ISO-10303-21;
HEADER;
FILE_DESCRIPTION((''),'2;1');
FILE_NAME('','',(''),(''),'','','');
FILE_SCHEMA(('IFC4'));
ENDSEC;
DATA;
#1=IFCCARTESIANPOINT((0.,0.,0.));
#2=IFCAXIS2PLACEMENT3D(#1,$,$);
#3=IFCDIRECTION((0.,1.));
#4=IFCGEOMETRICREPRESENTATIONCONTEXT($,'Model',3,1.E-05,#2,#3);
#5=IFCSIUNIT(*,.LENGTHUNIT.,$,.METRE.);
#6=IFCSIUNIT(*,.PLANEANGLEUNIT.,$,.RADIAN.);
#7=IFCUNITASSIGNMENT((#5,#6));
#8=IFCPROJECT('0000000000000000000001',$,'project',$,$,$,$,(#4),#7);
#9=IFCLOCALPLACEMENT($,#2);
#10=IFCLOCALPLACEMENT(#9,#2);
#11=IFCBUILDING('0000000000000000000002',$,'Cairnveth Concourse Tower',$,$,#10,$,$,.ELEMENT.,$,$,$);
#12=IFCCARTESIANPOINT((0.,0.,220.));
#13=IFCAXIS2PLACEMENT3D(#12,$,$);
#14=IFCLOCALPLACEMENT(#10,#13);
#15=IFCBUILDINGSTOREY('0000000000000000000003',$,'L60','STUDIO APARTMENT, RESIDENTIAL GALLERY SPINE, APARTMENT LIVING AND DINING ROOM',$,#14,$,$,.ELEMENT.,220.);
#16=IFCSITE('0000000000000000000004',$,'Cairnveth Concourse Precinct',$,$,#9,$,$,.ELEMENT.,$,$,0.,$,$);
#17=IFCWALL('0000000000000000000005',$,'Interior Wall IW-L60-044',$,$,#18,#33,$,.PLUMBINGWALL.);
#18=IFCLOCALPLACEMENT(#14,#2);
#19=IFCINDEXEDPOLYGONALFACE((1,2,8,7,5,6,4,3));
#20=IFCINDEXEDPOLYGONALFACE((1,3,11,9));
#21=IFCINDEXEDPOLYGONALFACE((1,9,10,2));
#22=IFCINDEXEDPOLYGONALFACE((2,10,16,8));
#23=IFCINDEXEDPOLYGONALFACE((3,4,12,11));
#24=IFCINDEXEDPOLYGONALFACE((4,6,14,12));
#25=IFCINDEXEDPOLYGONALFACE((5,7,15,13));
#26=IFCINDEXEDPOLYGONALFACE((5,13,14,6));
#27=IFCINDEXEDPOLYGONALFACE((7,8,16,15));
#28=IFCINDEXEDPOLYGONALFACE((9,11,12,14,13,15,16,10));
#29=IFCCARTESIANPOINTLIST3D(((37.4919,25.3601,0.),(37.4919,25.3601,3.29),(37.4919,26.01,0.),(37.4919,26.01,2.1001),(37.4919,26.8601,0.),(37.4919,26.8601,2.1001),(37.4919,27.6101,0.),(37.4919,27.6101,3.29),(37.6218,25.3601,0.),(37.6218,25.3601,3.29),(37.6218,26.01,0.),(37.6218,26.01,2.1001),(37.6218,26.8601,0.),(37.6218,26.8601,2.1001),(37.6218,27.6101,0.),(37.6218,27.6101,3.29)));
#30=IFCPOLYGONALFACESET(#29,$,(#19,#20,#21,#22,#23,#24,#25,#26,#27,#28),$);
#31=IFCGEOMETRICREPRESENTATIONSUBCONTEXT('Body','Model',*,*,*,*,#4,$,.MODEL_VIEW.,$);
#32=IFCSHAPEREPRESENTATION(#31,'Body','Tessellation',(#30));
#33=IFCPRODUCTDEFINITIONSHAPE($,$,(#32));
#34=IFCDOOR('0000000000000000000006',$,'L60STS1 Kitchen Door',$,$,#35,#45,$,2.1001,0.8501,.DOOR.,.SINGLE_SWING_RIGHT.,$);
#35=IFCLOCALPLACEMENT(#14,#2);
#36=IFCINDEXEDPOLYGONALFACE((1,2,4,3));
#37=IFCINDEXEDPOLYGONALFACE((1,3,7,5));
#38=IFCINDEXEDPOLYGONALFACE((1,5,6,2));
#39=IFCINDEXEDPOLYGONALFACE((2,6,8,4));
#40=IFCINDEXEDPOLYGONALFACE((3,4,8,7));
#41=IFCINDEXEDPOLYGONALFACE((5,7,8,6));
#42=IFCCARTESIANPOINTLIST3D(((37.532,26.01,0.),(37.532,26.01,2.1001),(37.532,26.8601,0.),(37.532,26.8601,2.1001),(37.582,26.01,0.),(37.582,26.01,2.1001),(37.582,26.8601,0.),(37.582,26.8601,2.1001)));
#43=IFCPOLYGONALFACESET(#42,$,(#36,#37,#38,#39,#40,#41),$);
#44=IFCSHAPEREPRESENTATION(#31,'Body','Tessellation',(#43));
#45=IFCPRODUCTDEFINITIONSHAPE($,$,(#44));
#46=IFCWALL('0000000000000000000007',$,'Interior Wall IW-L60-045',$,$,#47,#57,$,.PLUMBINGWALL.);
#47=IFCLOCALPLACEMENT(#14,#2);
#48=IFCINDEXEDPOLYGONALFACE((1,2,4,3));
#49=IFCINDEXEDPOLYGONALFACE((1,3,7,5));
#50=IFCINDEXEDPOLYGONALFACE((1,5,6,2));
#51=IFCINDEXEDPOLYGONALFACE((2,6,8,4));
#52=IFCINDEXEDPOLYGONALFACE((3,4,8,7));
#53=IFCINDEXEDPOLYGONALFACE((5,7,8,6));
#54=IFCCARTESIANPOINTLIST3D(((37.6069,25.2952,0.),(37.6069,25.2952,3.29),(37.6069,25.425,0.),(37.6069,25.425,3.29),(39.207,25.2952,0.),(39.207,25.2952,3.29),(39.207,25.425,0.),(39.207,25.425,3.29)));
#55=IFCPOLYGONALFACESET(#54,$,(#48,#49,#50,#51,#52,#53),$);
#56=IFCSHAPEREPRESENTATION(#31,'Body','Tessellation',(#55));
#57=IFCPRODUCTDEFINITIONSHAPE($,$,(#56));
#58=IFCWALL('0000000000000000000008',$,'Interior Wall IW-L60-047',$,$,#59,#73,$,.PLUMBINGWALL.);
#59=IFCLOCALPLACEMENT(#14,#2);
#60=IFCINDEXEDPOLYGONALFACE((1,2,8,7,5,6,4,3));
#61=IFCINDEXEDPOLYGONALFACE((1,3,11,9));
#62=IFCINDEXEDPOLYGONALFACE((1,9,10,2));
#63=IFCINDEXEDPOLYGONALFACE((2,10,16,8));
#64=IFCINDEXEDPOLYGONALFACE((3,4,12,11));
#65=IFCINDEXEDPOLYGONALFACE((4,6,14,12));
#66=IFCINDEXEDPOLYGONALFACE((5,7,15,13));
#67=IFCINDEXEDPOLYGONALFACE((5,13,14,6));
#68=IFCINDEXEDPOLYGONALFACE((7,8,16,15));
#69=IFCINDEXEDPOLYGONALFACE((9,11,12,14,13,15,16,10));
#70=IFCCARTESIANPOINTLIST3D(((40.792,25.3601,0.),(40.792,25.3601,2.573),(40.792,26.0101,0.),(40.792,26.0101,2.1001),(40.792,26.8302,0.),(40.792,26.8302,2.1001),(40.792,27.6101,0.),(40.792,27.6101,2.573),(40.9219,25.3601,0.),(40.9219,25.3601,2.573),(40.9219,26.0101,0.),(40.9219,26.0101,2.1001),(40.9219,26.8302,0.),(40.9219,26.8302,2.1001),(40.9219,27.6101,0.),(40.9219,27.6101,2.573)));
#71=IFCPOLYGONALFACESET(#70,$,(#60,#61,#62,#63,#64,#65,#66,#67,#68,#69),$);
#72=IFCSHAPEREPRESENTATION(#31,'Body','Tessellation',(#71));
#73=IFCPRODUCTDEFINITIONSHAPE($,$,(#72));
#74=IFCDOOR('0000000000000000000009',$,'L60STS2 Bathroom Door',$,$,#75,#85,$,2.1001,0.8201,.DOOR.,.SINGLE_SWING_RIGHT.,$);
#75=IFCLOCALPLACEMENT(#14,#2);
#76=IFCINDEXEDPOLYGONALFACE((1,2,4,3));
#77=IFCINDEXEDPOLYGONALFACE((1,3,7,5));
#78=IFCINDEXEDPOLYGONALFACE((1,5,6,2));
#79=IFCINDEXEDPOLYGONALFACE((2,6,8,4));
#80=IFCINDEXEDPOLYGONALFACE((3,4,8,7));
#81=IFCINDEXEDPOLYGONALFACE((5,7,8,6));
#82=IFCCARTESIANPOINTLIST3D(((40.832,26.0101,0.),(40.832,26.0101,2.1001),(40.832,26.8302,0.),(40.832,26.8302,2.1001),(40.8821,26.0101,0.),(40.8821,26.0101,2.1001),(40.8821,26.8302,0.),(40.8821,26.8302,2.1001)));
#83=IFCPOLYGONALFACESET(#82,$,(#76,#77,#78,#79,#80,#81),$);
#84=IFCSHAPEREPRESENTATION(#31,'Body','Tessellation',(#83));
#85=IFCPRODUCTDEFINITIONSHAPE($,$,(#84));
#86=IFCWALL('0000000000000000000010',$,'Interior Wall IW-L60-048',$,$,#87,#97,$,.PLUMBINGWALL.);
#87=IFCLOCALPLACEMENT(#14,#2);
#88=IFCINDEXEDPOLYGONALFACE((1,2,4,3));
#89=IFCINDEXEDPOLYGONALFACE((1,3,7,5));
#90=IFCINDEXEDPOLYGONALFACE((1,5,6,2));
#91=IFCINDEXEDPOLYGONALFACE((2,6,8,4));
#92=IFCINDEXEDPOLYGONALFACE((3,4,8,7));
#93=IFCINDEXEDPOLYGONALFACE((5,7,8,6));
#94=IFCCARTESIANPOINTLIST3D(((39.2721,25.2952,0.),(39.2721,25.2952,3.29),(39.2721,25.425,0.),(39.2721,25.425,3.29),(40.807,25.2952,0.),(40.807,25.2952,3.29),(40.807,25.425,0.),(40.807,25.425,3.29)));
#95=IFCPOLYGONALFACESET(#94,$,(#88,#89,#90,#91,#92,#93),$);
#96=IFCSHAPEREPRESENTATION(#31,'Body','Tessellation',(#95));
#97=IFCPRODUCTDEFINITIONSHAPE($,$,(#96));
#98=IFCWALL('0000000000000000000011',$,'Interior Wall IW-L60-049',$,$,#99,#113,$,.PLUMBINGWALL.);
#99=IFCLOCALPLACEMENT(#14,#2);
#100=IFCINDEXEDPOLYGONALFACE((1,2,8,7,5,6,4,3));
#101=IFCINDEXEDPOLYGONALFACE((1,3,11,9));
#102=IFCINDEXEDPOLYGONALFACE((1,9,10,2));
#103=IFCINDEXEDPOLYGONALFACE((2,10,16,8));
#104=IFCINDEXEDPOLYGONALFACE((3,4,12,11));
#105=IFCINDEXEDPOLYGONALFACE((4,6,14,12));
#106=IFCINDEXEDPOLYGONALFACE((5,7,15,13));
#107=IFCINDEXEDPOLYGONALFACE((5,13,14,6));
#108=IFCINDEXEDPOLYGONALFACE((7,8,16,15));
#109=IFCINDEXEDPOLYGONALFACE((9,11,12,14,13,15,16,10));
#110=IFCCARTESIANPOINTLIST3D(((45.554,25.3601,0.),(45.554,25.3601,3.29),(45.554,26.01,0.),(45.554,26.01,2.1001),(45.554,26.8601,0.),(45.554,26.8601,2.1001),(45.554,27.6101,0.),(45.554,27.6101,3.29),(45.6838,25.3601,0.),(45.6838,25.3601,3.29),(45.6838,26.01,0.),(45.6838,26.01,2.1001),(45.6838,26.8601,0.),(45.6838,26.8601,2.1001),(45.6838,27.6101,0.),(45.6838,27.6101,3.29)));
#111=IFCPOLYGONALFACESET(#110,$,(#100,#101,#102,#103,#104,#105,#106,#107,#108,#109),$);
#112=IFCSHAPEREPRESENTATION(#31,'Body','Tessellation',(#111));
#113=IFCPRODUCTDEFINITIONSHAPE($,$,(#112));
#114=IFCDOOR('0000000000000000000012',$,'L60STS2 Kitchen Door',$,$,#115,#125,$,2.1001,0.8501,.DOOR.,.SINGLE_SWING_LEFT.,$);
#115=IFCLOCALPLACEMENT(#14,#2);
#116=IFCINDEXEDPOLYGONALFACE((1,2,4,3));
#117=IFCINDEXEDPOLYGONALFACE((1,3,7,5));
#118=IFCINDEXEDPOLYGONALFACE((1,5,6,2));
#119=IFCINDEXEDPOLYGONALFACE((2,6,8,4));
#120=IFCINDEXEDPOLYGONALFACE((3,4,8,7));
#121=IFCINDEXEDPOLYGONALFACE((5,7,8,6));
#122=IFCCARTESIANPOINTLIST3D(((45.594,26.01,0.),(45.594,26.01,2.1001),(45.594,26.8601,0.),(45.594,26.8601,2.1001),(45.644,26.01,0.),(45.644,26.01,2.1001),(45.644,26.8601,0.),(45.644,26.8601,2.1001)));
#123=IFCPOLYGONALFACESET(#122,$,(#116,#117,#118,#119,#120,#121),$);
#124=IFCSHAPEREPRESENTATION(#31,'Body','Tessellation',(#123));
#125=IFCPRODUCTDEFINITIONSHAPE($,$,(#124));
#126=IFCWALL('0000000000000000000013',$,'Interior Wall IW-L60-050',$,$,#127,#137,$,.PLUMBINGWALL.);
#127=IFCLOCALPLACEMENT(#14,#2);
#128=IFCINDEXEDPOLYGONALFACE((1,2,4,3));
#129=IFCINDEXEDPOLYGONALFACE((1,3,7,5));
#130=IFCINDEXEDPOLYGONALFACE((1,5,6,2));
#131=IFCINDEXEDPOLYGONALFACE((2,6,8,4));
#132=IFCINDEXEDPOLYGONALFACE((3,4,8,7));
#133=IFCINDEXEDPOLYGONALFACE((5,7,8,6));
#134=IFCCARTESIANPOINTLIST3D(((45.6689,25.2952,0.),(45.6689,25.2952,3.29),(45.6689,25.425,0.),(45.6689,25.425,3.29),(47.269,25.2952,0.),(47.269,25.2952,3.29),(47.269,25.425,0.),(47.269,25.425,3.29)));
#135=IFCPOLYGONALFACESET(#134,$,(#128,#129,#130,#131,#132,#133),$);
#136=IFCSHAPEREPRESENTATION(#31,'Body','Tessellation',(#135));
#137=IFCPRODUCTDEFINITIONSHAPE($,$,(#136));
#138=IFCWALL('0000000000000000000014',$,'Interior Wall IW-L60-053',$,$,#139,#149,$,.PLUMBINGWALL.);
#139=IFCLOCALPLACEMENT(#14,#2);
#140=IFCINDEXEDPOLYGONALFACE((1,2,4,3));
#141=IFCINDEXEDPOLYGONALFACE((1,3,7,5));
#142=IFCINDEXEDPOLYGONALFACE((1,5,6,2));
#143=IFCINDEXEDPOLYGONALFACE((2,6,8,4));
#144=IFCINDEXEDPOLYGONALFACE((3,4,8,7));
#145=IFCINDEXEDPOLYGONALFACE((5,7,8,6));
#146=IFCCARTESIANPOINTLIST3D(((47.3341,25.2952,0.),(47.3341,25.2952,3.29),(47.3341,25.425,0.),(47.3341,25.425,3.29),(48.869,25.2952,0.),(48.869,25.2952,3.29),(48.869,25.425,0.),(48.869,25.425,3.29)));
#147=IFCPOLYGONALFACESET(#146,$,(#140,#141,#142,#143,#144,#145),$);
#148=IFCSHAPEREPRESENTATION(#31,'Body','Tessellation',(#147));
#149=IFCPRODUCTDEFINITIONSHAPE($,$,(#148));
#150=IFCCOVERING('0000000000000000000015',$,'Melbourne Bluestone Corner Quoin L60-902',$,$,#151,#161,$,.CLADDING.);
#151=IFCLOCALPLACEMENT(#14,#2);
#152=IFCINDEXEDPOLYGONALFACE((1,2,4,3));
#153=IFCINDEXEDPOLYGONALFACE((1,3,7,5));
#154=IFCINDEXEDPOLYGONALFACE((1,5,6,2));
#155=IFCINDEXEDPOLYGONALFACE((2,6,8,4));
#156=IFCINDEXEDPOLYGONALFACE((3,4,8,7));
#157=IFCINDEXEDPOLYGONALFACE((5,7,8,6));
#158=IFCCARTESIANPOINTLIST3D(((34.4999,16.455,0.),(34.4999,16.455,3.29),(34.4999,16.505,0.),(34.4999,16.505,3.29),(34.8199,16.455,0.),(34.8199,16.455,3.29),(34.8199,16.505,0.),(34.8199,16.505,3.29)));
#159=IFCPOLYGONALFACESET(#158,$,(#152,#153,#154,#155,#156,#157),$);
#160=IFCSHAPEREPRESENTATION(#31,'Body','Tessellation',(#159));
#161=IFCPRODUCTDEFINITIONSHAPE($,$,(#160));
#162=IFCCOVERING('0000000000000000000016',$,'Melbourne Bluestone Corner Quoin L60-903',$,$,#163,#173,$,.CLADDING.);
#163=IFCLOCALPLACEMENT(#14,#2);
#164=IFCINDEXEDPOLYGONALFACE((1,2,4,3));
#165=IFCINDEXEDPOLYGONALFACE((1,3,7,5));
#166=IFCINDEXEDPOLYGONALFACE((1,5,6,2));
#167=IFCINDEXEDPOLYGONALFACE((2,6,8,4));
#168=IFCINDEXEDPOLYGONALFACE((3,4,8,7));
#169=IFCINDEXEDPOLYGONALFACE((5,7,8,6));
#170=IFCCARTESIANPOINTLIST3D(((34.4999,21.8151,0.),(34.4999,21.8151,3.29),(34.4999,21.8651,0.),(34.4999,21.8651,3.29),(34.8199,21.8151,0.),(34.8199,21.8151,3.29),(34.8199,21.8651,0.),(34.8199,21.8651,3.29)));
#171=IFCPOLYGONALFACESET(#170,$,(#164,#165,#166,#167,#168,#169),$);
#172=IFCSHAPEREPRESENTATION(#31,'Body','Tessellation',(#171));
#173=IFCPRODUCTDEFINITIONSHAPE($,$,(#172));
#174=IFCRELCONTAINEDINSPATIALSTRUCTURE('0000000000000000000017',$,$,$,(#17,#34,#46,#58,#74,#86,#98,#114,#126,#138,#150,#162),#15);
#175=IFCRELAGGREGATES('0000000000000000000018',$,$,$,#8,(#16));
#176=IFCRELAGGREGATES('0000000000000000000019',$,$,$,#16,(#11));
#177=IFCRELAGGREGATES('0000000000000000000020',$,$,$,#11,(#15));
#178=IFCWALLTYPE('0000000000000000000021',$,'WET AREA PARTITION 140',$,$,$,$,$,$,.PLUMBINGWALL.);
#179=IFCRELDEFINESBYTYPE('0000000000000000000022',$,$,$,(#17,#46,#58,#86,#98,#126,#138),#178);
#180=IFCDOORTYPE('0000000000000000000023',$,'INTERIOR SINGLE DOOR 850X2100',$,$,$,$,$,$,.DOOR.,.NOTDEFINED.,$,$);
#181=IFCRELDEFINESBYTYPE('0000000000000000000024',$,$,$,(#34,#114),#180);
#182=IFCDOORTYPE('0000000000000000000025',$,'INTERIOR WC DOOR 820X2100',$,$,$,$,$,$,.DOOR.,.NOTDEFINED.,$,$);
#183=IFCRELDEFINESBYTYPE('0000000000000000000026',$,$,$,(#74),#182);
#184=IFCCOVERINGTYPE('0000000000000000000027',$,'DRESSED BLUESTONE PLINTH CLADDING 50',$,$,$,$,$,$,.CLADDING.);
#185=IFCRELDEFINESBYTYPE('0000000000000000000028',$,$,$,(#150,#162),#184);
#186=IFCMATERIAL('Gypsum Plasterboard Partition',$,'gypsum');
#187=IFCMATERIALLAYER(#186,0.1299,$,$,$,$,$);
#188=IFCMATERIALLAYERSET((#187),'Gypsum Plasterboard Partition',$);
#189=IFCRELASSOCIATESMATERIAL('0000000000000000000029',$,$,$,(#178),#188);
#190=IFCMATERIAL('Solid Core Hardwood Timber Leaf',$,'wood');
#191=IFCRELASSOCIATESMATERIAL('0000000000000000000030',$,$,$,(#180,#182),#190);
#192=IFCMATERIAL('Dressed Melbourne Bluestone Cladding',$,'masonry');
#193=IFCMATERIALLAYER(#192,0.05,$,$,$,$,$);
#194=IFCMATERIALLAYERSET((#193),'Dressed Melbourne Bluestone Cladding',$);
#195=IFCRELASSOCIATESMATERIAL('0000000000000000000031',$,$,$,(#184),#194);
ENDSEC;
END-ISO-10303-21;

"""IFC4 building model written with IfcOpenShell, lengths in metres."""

from ifc_helpers import new_model, si_unit, direction, frame, frame_2d, origin, place, context, subcontext, project, spatial, rectangle, extrude, material, layer, layer_set, type_object, element, fill, save


model = new_model("IFC4")

# Units and contexts
model_context = context("Model", 3, precision=1e-05, world=origin(), true_north=direction((0.0, 1.0)))
body_context = subcontext(model_context, "Body", "Model", "MODEL_VIEW")
ifc_project = project(units=[si_unit("LENGTHUNIT", "METRE"), si_unit("PLANEANGLEUNIT", "RADIAN")], contexts=[model_context])

# Site, building, storey
site_placement = place(None, origin())
site = spatial("IfcSite", under=ifc_project, at=site_placement, Name="Cairnveth Concourse Precinct", CompositionType="ELEMENT", RefElevation=0.0)
building_placement = place(site_placement, origin())
building = spatial("IfcBuilding", under=site, at=building_placement, Name="Cairnveth Concourse Tower", CompositionType="ELEMENT")
storey_placement = place(building_placement, frame((0.0, 0.0, 220.0)))
storey = spatial("IfcBuildingStorey", under=building, at=storey_placement, Name="L60", Description="STUDIO APARTMENT, RESIDENTIAL GALLERY SPINE, APARTMENT LIVING AND DINING ROOM", CompositionType="ELEMENT", Elevation=220.0)

# Shared definitions
ifc_material_1 = material(Name="Gypsum Plasterboard Partition", Category="gypsum")

# Wall, opening, door
ifc_layer_1 = layer(ifc_material_1, 0.1299)
ifc_layer_set_1 = layer_set([ifc_layer_1], Name="Gypsum Plasterboard Partition")
wall_type_1 = type_object("IfcWallType", Name="WET AREA PARTITION 140", PredefinedType="PLUMBINGWALL", material=ifc_layer_set_1)
wall_1_placement = place(storey_placement, frame((37.5569, 25.3601, 0.0), z_axis=(0.0, 0.0, 1.0), x_axis=(0.0, 1.0, 0.0)))
wall_1 = element("IfcWall", 1, at=wall_1_placement, inside=storey, type_object=wall_type_1, Name="Interior Wall IW-L60-044", PredefinedType="PLUMBINGWALL", context=body_context, shape_type="SweptSolid", body=[
    extrude(rectangle(XDim=2.25, YDim=0.1299, at=frame_2d((1.125, 0.0))), origin(), (0.0, 0.0, 1.0), 3.29),
])
opening_1_placement = place(wall_1_placement, frame((0.6499, 0.0, 0.0)))
opening_1 = element("IfcOpeningElement", 2, at=opening_1_placement, cuts=wall_1, PredefinedType="OPENING", context=body_context, shape_type="SweptSolid", body=[
    extrude(rectangle(XDim=0.8501, YDim=2.1001, at=frame_2d((0.425, 1.05))), frame((0.0, 0.075, 0.0), z_axis=(0.0, -1.0, 0.0), x_axis=(1.0, 0.0, 0.0)), (0.0, 0.0, 1.0), 0.1499),
])
ifc_material_2 = material(Name="Solid Core Hardwood Timber Leaf", Category="wood")
door_type_1 = type_object("IfcDoorType", Name="INTERIOR SINGLE DOOR 850X2100", OperationType="NOTDEFINED", PredefinedType="DOOR", material=ifc_material_2)
door_1_placement = place(opening_1_placement, origin())
door_1 = element("IfcDoor", 3, at=door_1_placement, inside=storey, type_object=door_type_1, Name="L60STS1 Kitchen Door", OperationType="SINGLE_SWING_RIGHT", OverallHeight=2.1001, OverallWidth=0.8501, PredefinedType="DOOR", context=body_context, shape_type="SweptSolid", body=[
    extrude(rectangle(XDim=0.8501, YDim=2.1001, at=frame_2d((0.425, 1.05))), frame((0.0, 0.0249, 0.0), z_axis=(0.0, -1.0, 0.0), x_axis=(1.0, 0.0, 0.0)), (0.0, 0.0, 1.0), 0.05),
])
fill(opening_1, door_1)

# Wall
wall_2_placement = place(storey_placement, frame((37.6069, 25.3601, 0.0), z_axis=(0.0, 0.0, 1.0), x_axis=(1.0, 0.0, 0.0)))
element("IfcWall", 4, at=wall_2_placement, inside=storey, type_object=wall_type_1, Name="Interior Wall IW-L60-045", PredefinedType="PLUMBINGWALL", context=body_context, shape_type="SweptSolid", body=[
    extrude(rectangle(XDim=1.6001, YDim=0.1299, at=frame_2d((0.8, 0.0))), origin(), (0.0, 0.0, 1.0), 3.29),
])

# Wall, opening, door
wall_3_placement = place(storey_placement, frame((40.8569, 25.3601, 0.0), z_axis=(0.0, 0.0, 1.0), x_axis=(0.0, 1.0, 0.0)))
wall_3 = element("IfcWall", 5, at=wall_3_placement, inside=storey, type_object=wall_type_1, Name="Interior Wall IW-L60-047", PredefinedType="PLUMBINGWALL", context=body_context, shape_type="SweptSolid", body=[
    extrude(rectangle(XDim=2.25, YDim=0.1299, at=frame_2d((1.125, 0.0))), origin(), (0.0, 0.0, 1.0), 2.573),
])
opening_2_placement = place(wall_3_placement, frame((0.6499, 0.0, 0.0)))
opening_2 = element("IfcOpeningElement", 6, at=opening_2_placement, cuts=wall_3, PredefinedType="OPENING", context=body_context, shape_type="SweptSolid", body=[
    extrude(rectangle(XDim=0.8201, YDim=2.1001, at=frame_2d((0.4102, 1.05))), frame((0.0, 0.075, 0.0), z_axis=(0.0, -1.0, 0.0), x_axis=(1.0, 0.0, 0.0)), (0.0, 0.0, 1.0), 0.1499),
])
door_type_2 = type_object("IfcDoorType", Name="INTERIOR WC DOOR 820X2100", OperationType="NOTDEFINED", PredefinedType="DOOR", material=ifc_material_2)
door_2_placement = place(opening_2_placement, origin())
door_2 = element("IfcDoor", 7, at=door_2_placement, inside=storey, type_object=door_type_2, Name="L60STS2 Bathroom Door", OperationType="SINGLE_SWING_RIGHT", OverallHeight=2.1001, OverallWidth=0.8201, PredefinedType="DOOR", context=body_context, shape_type="SweptSolid", body=[
    extrude(rectangle(XDim=0.8201, YDim=2.1001, at=frame_2d((0.4102, 1.05))), frame((0.0, 0.0249, 0.0), z_axis=(0.0, -1.0, 0.0), x_axis=(1.0, 0.0, 0.0)), (0.0, 0.0, 1.0), 0.05),
])
fill(opening_2, door_2)

# Wall
wall_4_placement = place(storey_placement, frame((39.272, 25.3601, 0.0), z_axis=(0.0, 0.0, 1.0), x_axis=(1.0, 0.0, 0.0)))
element("IfcWall", 8, at=wall_4_placement, inside=storey, type_object=wall_type_1, Name="Interior Wall IW-L60-048", PredefinedType="PLUMBINGWALL", context=body_context, shape_type="SweptSolid", body=[
    extrude(rectangle(XDim=1.5349, YDim=0.1299, at=frame_2d((0.7676, 0.0))), origin(), (0.0, 0.0, 1.0), 3.29),
])

# Wall, opening, door
wall_5_placement = place(storey_placement, frame((45.6189, 25.3601, 0.0), z_axis=(0.0, 0.0, 1.0), x_axis=(0.0, 1.0, 0.0)))
wall_5 = element("IfcWall", 9, at=wall_5_placement, inside=storey, type_object=wall_type_1, Name="Interior Wall IW-L60-049", PredefinedType="PLUMBINGWALL", context=body_context, shape_type="SweptSolid", body=[
    extrude(rectangle(XDim=2.25, YDim=0.1299, at=frame_2d((1.125, 0.0))), origin(), (0.0, 0.0, 1.0), 3.29),
])
opening_3_placement = place(wall_5_placement, frame((0.6499, 0.0, 0.0)))
opening_3 = element("IfcOpeningElement", 10, at=opening_3_placement, cuts=wall_5, PredefinedType="OPENING", context=body_context, shape_type="SweptSolid", body=[
    extrude(rectangle(XDim=0.8501, YDim=2.1001, at=frame_2d((0.425, 1.05))), frame((0.0, 0.075, 0.0), z_axis=(0.0, -1.0, 0.0), x_axis=(1.0, 0.0, 0.0)), (0.0, 0.0, 1.0), 0.1499),
])
door_3_placement = place(opening_3_placement, origin())
door_3 = element("IfcDoor", 11, at=door_3_placement, inside=storey, type_object=door_type_1, Name="L60STS2 Kitchen Door", OperationType="SINGLE_SWING_LEFT", OverallHeight=2.1001, OverallWidth=0.8501, PredefinedType="DOOR", context=body_context, shape_type="SweptSolid", body=[
    extrude(rectangle(XDim=0.8501, YDim=2.1001, at=frame_2d((0.425, 1.05))), frame((0.0, 0.0249, 0.0), z_axis=(0.0, -1.0, 0.0), x_axis=(1.0, 0.0, 0.0)), (0.0, 0.0, 1.0), 0.05),
])
fill(opening_3, door_3)

# Walls
wall_6_placement = place(storey_placement, frame((45.6689, 25.3601, 0.0), z_axis=(0.0, 0.0, 1.0), x_axis=(1.0, 0.0, 0.0)))
element("IfcWall", 12, at=wall_6_placement, inside=storey, type_object=wall_type_1, Name="Interior Wall IW-L60-050", PredefinedType="PLUMBINGWALL", context=body_context, shape_type="SweptSolid", body=[
    extrude(rectangle(XDim=1.6001, YDim=0.1299, at=frame_2d((0.8, 0.0))), origin(), (0.0, 0.0, 1.0), 3.29),
])
wall_7_placement = place(storey_placement, frame((47.334, 25.3601, 0.0), z_axis=(0.0, 0.0, 1.0), x_axis=(1.0, 0.0, 0.0)))
element("IfcWall", 13, at=wall_7_placement, inside=storey, type_object=wall_type_1, Name="Interior Wall IW-L60-053", PredefinedType="PLUMBINGWALL", context=body_context, shape_type="SweptSolid", body=[
    extrude(rectangle(XDim=1.5349, YDim=0.1299, at=frame_2d((0.7676, 0.0))), origin(), (0.0, 0.0, 1.0), 3.29),
])

# Coverings
ifc_material_3 = material(Name="Dressed Melbourne Bluestone Cladding", Category="masonry")
ifc_layer_2 = layer(ifc_material_3, 0.05)
ifc_layer_set_2 = layer_set([ifc_layer_2], Name="Dressed Melbourne Bluestone Cladding")
covering_type = type_object("IfcCoveringType", Name="DRESSED BLUESTONE PLINTH CLADDING 50", PredefinedType="CLADDING", material=ifc_layer_set_2)
for number, where, z_axis, x_axis, name in (
    (14, (34.8201, 16.48, 0.0), (0.0, 0.0, 1.0), (-1.0, 0.0, 0.0), "Melbourne Bluestone Corner Quoin L60-902"),
    (15, (34.8201, 21.8401, 0.0), (0.0, 0.0, 1.0), (-1.0, 0.0, 0.0), "Melbourne Bluestone Corner Quoin L60-903"),
):
    element("IfcCovering", number, at=place(storey_placement, frame(where, z_axis=z_axis, x_axis=x_axis)), inside=storey, type_object=covering_type, Name=name, PredefinedType="CLADDING", context=body_context, shape_type="SweptSolid", body=[
        extrude(rectangle(XDim=0.3201, YDim=0.05, at=frame_2d((0.1602, 0.0))), origin(), (0.0, 0.0, 1.0), 3.29),
    ])

save(model, "model.ifc")
